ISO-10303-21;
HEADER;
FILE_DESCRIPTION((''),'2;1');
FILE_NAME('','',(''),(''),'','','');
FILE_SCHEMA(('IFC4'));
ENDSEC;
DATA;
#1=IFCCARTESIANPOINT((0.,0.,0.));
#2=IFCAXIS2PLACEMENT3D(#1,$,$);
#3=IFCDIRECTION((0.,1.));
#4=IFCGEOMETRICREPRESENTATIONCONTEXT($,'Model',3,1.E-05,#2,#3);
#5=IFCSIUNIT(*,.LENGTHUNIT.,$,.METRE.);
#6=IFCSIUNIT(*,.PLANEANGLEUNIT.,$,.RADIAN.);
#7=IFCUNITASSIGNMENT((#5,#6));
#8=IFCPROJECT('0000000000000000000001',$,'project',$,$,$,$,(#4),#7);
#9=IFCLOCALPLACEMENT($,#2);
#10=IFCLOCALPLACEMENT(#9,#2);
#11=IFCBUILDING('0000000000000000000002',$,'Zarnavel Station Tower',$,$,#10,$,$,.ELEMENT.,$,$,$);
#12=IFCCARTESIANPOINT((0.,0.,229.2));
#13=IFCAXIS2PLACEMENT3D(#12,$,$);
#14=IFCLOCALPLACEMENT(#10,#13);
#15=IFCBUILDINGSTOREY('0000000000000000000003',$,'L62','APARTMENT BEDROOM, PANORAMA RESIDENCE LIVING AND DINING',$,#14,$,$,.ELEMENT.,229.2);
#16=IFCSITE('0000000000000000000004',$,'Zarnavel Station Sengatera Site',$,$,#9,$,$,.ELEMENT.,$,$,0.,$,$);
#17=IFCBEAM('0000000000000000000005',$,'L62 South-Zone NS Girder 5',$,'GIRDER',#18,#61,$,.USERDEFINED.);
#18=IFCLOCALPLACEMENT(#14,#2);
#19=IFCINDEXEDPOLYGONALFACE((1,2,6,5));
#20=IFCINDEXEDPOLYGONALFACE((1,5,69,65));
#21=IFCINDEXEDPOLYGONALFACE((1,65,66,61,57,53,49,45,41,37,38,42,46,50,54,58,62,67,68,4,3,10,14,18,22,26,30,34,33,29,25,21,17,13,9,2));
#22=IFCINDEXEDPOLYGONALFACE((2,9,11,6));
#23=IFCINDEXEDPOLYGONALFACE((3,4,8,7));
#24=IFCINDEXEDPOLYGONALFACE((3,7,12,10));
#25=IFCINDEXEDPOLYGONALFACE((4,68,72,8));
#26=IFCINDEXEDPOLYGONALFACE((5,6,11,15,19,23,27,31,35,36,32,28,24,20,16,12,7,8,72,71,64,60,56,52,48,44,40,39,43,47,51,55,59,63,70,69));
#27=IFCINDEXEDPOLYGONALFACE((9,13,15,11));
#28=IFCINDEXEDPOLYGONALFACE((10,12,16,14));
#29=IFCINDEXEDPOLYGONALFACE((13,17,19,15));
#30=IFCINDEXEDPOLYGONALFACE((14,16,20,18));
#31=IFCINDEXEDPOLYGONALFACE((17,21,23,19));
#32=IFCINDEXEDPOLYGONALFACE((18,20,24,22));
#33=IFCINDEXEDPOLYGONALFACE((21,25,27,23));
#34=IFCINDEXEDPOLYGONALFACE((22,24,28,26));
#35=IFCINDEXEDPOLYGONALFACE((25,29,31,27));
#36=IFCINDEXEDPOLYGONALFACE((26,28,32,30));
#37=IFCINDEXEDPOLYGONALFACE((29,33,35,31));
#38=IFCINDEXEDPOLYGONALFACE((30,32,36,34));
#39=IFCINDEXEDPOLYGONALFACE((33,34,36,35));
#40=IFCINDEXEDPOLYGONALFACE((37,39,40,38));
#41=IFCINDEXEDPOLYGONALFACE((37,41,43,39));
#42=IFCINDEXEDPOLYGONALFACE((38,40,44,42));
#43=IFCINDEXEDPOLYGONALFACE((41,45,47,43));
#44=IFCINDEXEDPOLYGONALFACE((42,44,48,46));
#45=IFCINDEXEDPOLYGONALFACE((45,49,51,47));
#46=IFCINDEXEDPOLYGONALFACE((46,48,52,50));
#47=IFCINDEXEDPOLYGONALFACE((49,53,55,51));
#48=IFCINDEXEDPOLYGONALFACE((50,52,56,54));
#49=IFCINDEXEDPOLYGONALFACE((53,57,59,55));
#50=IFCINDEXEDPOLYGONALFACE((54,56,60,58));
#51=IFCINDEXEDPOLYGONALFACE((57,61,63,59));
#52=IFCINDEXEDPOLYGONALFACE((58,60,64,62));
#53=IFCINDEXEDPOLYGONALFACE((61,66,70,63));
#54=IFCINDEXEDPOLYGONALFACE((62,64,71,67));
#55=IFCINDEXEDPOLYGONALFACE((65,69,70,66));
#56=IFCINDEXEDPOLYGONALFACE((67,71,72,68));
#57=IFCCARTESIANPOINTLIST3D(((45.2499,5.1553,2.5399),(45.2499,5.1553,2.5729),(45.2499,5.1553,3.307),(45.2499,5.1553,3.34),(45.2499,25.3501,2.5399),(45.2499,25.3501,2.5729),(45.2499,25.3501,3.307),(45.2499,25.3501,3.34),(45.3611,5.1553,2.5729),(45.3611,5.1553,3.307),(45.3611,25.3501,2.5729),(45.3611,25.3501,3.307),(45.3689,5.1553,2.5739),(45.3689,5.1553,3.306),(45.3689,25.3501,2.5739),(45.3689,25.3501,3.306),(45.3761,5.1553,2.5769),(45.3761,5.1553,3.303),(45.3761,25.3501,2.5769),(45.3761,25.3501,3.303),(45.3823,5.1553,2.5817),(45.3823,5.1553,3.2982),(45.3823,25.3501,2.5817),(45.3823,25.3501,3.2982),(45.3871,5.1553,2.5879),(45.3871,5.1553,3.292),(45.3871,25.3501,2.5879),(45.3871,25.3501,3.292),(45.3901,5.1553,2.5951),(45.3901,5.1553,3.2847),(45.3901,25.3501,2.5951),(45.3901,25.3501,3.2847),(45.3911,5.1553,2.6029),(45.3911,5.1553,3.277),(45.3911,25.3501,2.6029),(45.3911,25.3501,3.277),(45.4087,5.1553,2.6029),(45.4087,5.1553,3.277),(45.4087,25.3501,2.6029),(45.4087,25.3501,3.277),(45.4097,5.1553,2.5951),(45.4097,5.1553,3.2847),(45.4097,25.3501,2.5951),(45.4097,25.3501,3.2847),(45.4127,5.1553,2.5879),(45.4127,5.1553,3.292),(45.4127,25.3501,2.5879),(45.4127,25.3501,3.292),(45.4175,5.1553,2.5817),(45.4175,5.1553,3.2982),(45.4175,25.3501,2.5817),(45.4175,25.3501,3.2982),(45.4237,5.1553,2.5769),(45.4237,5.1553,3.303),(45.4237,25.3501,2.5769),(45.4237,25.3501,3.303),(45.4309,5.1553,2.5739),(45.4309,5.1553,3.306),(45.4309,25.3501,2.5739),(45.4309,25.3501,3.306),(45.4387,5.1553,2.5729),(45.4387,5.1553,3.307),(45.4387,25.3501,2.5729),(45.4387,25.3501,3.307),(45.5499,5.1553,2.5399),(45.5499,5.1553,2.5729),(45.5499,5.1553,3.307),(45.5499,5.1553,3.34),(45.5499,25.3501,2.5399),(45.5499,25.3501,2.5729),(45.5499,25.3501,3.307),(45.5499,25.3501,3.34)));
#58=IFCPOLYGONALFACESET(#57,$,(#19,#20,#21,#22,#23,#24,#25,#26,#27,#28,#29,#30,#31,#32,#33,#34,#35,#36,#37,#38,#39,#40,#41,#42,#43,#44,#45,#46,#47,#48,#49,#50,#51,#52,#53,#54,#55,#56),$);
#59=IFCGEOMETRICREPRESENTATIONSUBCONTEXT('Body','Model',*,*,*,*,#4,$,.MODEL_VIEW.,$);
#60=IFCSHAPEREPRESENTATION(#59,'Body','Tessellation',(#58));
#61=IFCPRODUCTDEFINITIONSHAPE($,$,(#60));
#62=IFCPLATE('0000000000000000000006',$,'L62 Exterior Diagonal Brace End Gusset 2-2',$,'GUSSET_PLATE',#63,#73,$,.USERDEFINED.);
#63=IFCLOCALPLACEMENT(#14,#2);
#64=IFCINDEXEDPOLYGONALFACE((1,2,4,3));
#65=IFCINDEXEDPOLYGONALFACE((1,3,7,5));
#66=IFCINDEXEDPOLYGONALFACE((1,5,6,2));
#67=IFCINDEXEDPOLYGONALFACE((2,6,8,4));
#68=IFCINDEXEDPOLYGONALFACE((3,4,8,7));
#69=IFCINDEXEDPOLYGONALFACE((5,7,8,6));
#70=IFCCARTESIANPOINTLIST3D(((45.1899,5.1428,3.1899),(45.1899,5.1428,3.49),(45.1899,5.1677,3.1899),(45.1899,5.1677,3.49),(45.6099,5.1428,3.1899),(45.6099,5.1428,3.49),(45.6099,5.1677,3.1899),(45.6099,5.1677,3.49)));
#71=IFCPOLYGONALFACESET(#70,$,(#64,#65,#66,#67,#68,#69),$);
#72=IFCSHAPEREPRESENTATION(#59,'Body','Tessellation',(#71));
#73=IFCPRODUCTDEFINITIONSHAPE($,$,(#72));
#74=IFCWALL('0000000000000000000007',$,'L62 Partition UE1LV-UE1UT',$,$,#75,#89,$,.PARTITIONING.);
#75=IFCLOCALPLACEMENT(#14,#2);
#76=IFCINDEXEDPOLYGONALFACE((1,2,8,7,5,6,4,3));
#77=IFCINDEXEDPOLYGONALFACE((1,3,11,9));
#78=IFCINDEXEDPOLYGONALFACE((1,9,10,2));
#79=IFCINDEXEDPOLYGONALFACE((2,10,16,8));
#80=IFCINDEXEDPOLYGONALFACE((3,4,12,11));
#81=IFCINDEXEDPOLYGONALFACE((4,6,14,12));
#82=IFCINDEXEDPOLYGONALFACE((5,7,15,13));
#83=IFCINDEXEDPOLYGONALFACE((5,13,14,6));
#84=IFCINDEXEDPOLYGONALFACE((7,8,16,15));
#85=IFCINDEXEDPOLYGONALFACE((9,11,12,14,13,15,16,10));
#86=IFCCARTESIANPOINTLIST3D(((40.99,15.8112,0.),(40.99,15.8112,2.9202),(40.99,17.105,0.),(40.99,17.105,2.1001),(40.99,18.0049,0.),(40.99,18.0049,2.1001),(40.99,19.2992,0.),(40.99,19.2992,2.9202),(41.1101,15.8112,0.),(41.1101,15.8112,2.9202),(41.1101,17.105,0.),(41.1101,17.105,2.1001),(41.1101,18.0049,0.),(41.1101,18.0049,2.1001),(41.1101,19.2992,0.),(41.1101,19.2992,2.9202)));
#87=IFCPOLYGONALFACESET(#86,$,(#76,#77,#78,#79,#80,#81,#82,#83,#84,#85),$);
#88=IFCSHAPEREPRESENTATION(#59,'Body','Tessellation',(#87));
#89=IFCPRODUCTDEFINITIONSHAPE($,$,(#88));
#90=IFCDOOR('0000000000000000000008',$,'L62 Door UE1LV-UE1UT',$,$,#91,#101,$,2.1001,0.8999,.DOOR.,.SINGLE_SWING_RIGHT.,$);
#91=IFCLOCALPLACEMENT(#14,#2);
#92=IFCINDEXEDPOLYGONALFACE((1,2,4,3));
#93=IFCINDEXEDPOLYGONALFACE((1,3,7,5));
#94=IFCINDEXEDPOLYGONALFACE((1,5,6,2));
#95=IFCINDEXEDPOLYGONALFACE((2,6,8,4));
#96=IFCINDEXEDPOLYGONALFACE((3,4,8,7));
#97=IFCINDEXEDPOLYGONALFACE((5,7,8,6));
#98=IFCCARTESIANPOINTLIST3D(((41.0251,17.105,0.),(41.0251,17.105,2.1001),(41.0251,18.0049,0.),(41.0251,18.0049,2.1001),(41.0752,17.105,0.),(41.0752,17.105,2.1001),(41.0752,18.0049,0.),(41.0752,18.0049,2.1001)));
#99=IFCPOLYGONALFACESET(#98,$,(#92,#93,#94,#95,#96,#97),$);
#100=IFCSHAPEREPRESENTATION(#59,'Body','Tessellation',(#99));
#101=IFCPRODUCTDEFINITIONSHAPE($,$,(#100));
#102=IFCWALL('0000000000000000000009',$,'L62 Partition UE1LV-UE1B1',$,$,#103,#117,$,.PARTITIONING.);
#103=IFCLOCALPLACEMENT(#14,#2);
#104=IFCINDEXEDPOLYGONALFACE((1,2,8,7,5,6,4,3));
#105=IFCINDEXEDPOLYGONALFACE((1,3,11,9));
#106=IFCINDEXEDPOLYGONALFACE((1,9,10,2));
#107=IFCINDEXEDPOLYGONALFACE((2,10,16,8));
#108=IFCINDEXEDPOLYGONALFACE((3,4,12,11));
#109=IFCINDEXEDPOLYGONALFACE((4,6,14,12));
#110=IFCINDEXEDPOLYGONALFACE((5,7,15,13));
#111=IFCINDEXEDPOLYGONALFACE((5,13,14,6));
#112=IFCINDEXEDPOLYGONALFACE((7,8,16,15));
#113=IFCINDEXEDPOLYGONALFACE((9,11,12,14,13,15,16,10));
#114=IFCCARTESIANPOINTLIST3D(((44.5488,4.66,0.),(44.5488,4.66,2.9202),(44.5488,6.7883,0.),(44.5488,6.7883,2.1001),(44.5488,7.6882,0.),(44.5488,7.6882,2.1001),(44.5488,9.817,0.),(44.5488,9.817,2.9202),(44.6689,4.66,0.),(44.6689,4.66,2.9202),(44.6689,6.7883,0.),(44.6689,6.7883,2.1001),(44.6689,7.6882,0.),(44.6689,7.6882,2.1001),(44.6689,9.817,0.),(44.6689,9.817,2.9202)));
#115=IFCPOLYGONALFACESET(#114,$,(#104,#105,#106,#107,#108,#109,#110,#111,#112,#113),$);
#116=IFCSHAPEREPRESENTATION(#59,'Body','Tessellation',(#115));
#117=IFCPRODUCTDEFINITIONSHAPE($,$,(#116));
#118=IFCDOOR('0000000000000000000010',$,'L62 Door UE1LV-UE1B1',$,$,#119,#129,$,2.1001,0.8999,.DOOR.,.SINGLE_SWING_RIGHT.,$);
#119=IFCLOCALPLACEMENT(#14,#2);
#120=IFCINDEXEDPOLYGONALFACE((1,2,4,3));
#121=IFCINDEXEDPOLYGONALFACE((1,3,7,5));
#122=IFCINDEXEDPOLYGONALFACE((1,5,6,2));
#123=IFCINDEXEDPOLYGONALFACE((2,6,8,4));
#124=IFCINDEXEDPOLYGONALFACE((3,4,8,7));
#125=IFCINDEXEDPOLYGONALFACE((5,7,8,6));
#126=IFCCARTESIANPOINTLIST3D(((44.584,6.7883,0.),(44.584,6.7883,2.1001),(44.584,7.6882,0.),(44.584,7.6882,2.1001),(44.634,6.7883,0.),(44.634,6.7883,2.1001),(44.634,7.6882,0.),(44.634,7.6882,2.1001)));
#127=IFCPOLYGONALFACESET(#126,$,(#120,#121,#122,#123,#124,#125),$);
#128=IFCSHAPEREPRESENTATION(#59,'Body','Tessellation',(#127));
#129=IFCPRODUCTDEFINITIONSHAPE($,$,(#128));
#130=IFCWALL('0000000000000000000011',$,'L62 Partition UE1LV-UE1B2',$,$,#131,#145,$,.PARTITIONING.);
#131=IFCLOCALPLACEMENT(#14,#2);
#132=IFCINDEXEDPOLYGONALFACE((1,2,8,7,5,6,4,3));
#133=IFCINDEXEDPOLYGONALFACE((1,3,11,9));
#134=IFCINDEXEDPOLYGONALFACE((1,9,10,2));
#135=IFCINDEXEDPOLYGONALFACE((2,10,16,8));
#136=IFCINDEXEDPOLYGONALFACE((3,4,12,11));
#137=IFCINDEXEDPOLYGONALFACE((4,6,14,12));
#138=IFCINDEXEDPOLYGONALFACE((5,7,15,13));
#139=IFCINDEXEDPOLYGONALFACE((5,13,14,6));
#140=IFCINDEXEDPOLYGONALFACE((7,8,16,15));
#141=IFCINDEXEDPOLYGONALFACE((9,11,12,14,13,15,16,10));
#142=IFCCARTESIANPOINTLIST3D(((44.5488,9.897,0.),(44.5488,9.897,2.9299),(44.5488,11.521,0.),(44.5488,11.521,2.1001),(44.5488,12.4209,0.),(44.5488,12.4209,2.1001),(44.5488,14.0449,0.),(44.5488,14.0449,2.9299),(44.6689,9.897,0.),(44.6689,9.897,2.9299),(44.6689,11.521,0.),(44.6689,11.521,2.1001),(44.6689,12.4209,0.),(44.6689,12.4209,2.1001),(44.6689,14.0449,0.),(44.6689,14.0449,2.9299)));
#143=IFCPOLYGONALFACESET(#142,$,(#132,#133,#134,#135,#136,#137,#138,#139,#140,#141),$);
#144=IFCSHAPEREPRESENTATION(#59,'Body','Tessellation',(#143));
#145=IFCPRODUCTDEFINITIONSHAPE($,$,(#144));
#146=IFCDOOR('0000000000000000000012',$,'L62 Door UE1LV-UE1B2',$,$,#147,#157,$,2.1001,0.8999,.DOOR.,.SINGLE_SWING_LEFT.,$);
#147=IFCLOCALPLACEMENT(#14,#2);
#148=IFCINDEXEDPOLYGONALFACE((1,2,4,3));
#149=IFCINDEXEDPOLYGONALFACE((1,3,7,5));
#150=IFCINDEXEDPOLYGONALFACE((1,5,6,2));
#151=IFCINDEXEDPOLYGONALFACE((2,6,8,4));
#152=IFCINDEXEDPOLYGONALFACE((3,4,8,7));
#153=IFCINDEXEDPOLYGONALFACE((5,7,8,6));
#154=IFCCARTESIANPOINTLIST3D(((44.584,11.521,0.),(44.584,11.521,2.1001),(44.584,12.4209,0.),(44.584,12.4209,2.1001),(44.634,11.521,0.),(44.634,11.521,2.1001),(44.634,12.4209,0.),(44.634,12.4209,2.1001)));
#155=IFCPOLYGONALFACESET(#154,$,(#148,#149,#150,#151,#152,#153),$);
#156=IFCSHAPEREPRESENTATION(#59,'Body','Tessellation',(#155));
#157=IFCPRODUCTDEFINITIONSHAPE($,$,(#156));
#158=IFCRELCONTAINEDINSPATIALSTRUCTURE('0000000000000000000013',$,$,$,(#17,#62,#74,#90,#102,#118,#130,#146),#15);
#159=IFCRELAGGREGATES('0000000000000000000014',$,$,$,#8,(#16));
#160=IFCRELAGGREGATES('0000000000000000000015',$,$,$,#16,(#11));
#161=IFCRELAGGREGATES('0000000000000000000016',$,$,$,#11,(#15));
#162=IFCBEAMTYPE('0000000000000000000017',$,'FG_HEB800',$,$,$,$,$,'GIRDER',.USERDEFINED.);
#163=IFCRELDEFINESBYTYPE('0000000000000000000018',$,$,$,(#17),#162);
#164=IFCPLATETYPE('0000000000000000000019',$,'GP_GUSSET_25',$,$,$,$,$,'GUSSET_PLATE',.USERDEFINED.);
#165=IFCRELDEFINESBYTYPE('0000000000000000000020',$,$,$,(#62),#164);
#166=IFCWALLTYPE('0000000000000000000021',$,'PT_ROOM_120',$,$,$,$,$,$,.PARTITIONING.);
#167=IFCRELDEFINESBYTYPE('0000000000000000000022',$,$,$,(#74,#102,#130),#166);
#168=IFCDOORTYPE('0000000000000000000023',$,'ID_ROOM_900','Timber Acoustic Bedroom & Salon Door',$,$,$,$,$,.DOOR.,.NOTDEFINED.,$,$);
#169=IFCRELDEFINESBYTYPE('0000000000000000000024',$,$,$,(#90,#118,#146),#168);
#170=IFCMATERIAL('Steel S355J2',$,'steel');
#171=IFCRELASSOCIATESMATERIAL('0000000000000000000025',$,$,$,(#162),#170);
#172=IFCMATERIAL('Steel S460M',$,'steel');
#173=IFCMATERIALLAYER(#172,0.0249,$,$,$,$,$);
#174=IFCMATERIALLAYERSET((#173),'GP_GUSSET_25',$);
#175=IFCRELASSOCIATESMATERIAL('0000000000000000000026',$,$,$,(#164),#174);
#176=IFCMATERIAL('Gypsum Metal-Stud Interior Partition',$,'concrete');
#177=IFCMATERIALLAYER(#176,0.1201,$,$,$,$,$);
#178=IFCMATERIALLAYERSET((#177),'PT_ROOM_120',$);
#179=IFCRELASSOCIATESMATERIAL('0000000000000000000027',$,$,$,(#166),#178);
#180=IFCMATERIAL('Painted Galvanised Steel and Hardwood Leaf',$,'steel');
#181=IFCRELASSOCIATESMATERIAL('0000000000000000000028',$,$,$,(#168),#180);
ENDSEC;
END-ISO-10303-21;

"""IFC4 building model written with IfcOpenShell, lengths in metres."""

from ifc_helpers import new_model, si_unit, direction, frame, frame_2d, origin, origin_2d, place, context, subcontext, project, spatial, rectangle, i_section, extrude, material, layer, layer_set, material_profile, profile_set, type_object, element, fill, save


model = new_model("IFC4")

# Units and contexts
model_context = context("Model", 3, precision=1e-05, world=origin(), true_north=direction((0.0, 1.0)))
body_context = subcontext(model_context, "Body", "Model", "MODEL_VIEW")
ifc_project = project(units=[si_unit("LENGTHUNIT", "METRE"), si_unit("PLANEANGLEUNIT", "RADIAN")], contexts=[model_context])

# Site, building, storey
site_placement = place(None, origin())
site = spatial("IfcSite", under=ifc_project, at=site_placement, Name="Zarnavel Station Sengatera Site", CompositionType="ELEMENT", RefElevation=0.0)
building_placement = place(site_placement, origin())
building = spatial("IfcBuilding", under=site, at=building_placement, Name="Zarnavel Station Tower", CompositionType="ELEMENT")
storey_placement = place(building_placement, frame((0.0, 0.0, 229.2)))
storey = spatial("IfcBuildingStorey", under=building, at=storey_placement, Name="L62", Description="APARTMENT BEDROOM, PANORAMA RESIDENCE LIVING AND DINING", CompositionType="ELEMENT", Elevation=229.2)

# Beam
ifc_material_1 = material(Name="Steel S355J2", Category="steel")
ifc_material_profile = material_profile(ifc_material_1, i_section(OverallWidth=0.3, OverallDepth=0.8, WebThickness=0.0176, FlangeThickness=0.033, FilletRadius=0.03, at=origin_2d()), Name="HEB800")
ifc_profile_set = profile_set([ifc_material_profile], Name="Steel S355J2")
beam_type = type_object("IfcBeamType", Name="FG_HEB800", ElementType="GIRDER", PredefinedType="USERDEFINED", material=ifc_profile_set)
beam_placement = place(storey_placement, frame((45.3999, 5.1553, 2.9399), z_axis=(0.0, 1.0, 0.0), x_axis=(-1.0, 0.0, 0.0)))
element("IfcBeam", 1, at=beam_placement, inside=storey, type_object=beam_type, Name="L62 South-Zone NS Girder 5", ObjectType="GIRDER", PredefinedType="USERDEFINED", context=body_context, shape_type="SweptSolid", body=[
    extrude(i_section(OverallWidth=0.3, OverallDepth=0.8, WebThickness=0.0176, FlangeThickness=0.033, FilletRadius=0.03, at=origin_2d()), origin(), (0.0, 0.0, 1.0), 20.1948),
])

# Plate
ifc_material_2 = material(Name="Steel S460M", Category="steel")
ifc_layer_1 = layer(ifc_material_2, 0.0249)
ifc_layer_set_1 = layer_set([ifc_layer_1], Name="GP_GUSSET_25")
plate_type = type_object("IfcPlateType", Name="GP_GUSSET_25", ElementType="GUSSET_PLATE", PredefinedType="USERDEFINED", material=ifc_layer_set_1)
plate_placement = place(storey_placement, frame((45.3999, 5.1553, 3.1899), z_axis=(0.0, 0.0, 1.0), x_axis=(1.0, 0.0, 0.0)))
element("IfcPlate", 2, at=plate_placement, inside=storey, type_object=plate_type, Name="L62 Exterior Diagonal Brace End Gusset 2-2", ObjectType="GUSSET_PLATE", PredefinedType="USERDEFINED", context=body_context, shape_type="SweptSolid", body=[
    extrude(rectangle(XDim=0.4199, YDim=0.0249, at=origin_2d()), origin(), (0.0, 0.0, 1.0), 0.3),
])

# Walls, openings, doors
ifc_material_3 = material(Name="Gypsum Metal-Stud Interior Partition", Category="concrete")
ifc_layer_2 = layer(ifc_material_3, 0.1201)
ifc_layer_set_2 = layer_set([ifc_layer_2], Name="PT_ROOM_120")
wall_type_1 = type_object("IfcWallType", Name="PT_ROOM_120", PredefinedType="PARTITIONING", material=ifc_layer_set_2)
wall_1_placement = place(storey_placement, frame((41.05, 15.811, 0.0), z_axis=(0.0, 0.0, 1.0), x_axis=(0.0, 1.0, 0.0)))
wall_1 = element("IfcWall", 3, at=wall_1_placement, inside=storey, type_object=wall_type_1, Name="L62 Partition UE1LV-UE1UT", PredefinedType="PARTITIONING", context=body_context, shape_type="SweptSolid", body=[
    extrude(rectangle(XDim=3.488, YDim=0.1201, at=frame_2d((1.7441, 0.0))), origin(), (0.0, 0.0, 1.0), 2.9202),
])
opening_1_placement = place(wall_1_placement, frame((1.2939, 0.0, 0.0)))
opening_1 = element("IfcOpeningElement", 4, at=opening_1_placement, cuts=wall_1, PredefinedType="OPENING", context=body_context, shape_type="SweptSolid", body=[
    extrude(rectangle(XDim=0.8999, YDim=2.1001, at=frame_2d((0.45, 1.05))), frame((0.0, 0.0701, 0.0), z_axis=(0.0, -1.0, 0.0), x_axis=(1.0, 0.0, 0.0)), (0.0, 0.0, 1.0), 0.1401),
])
ifc_material_4 = material(Name="Painted Galvanised Steel and Hardwood Leaf", Category="steel")
door_type_1 = type_object("IfcDoorType", Name="ID_ROOM_900", Description="Timber Acoustic Bedroom & Salon Door", OperationType="NOTDEFINED", PredefinedType="DOOR", material=ifc_material_4)
door_1_placement = place(opening_1_placement, origin())
door_1 = element("IfcDoor", 5, at=door_1_placement, inside=storey, type_object=door_type_1, Name="L62 Door UE1LV-UE1UT", OperationType="SINGLE_SWING_RIGHT", OverallHeight=2.1001, OverallWidth=0.8999, PredefinedType="DOOR", context=body_context, shape_type="SweptSolid", body=[
    extrude(rectangle(XDim=0.8999, YDim=2.1001, at=frame_2d((0.45, 1.05))), frame((0.0, 0.0249, 0.0), z_axis=(0.0, -1.0, 0.0), x_axis=(1.0, 0.0, 0.0)), (0.0, 0.0, 1.0), 0.05),
])
fill(opening_1, door_1)
wall_2_placement = place(storey_placement, frame((44.6089, 4.6599, 0.0), z_axis=(0.0, 0.0, 1.0), x_axis=(0.0, 1.0, 0.0)))
wall_2 = element("IfcWall", 6, at=wall_2_placement, inside=storey, type_object=wall_type_1, Name="L62 Partition UE1LV-UE1B1", PredefinedType="PARTITIONING", context=body_context, shape_type="SweptSolid", body=[
    extrude(rectangle(XDim=5.157, YDim=0.1201, at=frame_2d((2.5786, 0.0))), origin(), (0.0, 0.0, 1.0), 2.9202),
])
opening_2_placement = place(wall_2_placement, frame((2.1284, 0.0, 0.0)))
opening_2 = element("IfcOpeningElement", 7, at=opening_2_placement, cuts=wall_2, PredefinedType="OPENING", context=body_context, shape_type="SweptSolid", body=[
    extrude(rectangle(XDim=0.8999, YDim=2.1001, at=frame_2d((0.45, 1.05))), frame((0.0, 0.0701, 0.0), z_axis=(0.0, -1.0, 0.0), x_axis=(1.0, 0.0, 0.0)), (0.0, 0.0, 1.0), 0.1401),
])
door_2_placement = place(opening_2_placement, origin())
door_2 = element("IfcDoor", 8, at=door_2_placement, inside=storey, type_object=door_type_1, Name="L62 Door UE1LV-UE1B1", OperationType="SINGLE_SWING_RIGHT", OverallHeight=2.1001, OverallWidth=0.8999, PredefinedType="DOOR", context=body_context, shape_type="SweptSolid", body=[
    extrude(rectangle(XDim=0.8999, YDim=2.1001, at=frame_2d((0.45, 1.05))), frame((0.0, 0.0249, 0.0), z_axis=(0.0, -1.0, 0.0), x_axis=(1.0, 0.0, 0.0)), (0.0, 0.0, 1.0), 0.05),
])
fill(opening_2, door_2)
wall_3_placement = place(storey_placement, frame((44.6089, 9.897, 0.0), z_axis=(0.0, 0.0, 1.0), x_axis=(0.0, 1.0, 0.0)))
wall_3 = element("IfcWall", 9, at=wall_3_placement, inside=storey, type_object=wall_type_1, Name="L62 Partition UE1LV-UE1B2", PredefinedType="PARTITIONING", context=body_context, shape_type="SweptSolid", body=[
    extrude(rectangle(XDim=4.1479, YDim=0.1201, at=frame_2d((2.074, 0.0))), origin(), (0.0, 0.0, 1.0), 2.9299),
])
opening_3_placement = place(wall_3_placement, frame((1.624, 0.0, 0.0)))
opening_3 = element("IfcOpeningElement", 10, at=opening_3_placement, cuts=wall_3, PredefinedType="OPENING", context=body_context, shape_type="SweptSolid", body=[
    extrude(rectangle(XDim=0.8999, YDim=2.1001, at=frame_2d((0.45, 1.05))), frame((0.0, 0.0701, 0.0), z_axis=(0.0, -1.0, 0.0), x_axis=(1.0, 0.0, 0.0)), (0.0, 0.0, 1.0), 0.1401),
])
door_3_placement = place(opening_3_placement, origin())
door_3 = element("IfcDoor", 11, at=door_3_placement, inside=storey, type_object=door_type_1, Name="L62 Door UE1LV-UE1B2", OperationType="SINGLE_SWING_LEFT", OverallHeight=2.1001, OverallWidth=0.8999, PredefinedType="DOOR", context=body_context, shape_type="SweptSolid", body=[
    extrude(rectangle(XDim=0.8999, YDim=2.1001, at=frame_2d((0.45, 1.05))), frame((0.0, 0.0249, 0.0), z_axis=(0.0, -1.0, 0.0), x_axis=(1.0, 0.0, 0.0)), (0.0, 0.0, 1.0), 0.05),
])
fill(opening_3, door_3)

save(model, "model.ifc")
